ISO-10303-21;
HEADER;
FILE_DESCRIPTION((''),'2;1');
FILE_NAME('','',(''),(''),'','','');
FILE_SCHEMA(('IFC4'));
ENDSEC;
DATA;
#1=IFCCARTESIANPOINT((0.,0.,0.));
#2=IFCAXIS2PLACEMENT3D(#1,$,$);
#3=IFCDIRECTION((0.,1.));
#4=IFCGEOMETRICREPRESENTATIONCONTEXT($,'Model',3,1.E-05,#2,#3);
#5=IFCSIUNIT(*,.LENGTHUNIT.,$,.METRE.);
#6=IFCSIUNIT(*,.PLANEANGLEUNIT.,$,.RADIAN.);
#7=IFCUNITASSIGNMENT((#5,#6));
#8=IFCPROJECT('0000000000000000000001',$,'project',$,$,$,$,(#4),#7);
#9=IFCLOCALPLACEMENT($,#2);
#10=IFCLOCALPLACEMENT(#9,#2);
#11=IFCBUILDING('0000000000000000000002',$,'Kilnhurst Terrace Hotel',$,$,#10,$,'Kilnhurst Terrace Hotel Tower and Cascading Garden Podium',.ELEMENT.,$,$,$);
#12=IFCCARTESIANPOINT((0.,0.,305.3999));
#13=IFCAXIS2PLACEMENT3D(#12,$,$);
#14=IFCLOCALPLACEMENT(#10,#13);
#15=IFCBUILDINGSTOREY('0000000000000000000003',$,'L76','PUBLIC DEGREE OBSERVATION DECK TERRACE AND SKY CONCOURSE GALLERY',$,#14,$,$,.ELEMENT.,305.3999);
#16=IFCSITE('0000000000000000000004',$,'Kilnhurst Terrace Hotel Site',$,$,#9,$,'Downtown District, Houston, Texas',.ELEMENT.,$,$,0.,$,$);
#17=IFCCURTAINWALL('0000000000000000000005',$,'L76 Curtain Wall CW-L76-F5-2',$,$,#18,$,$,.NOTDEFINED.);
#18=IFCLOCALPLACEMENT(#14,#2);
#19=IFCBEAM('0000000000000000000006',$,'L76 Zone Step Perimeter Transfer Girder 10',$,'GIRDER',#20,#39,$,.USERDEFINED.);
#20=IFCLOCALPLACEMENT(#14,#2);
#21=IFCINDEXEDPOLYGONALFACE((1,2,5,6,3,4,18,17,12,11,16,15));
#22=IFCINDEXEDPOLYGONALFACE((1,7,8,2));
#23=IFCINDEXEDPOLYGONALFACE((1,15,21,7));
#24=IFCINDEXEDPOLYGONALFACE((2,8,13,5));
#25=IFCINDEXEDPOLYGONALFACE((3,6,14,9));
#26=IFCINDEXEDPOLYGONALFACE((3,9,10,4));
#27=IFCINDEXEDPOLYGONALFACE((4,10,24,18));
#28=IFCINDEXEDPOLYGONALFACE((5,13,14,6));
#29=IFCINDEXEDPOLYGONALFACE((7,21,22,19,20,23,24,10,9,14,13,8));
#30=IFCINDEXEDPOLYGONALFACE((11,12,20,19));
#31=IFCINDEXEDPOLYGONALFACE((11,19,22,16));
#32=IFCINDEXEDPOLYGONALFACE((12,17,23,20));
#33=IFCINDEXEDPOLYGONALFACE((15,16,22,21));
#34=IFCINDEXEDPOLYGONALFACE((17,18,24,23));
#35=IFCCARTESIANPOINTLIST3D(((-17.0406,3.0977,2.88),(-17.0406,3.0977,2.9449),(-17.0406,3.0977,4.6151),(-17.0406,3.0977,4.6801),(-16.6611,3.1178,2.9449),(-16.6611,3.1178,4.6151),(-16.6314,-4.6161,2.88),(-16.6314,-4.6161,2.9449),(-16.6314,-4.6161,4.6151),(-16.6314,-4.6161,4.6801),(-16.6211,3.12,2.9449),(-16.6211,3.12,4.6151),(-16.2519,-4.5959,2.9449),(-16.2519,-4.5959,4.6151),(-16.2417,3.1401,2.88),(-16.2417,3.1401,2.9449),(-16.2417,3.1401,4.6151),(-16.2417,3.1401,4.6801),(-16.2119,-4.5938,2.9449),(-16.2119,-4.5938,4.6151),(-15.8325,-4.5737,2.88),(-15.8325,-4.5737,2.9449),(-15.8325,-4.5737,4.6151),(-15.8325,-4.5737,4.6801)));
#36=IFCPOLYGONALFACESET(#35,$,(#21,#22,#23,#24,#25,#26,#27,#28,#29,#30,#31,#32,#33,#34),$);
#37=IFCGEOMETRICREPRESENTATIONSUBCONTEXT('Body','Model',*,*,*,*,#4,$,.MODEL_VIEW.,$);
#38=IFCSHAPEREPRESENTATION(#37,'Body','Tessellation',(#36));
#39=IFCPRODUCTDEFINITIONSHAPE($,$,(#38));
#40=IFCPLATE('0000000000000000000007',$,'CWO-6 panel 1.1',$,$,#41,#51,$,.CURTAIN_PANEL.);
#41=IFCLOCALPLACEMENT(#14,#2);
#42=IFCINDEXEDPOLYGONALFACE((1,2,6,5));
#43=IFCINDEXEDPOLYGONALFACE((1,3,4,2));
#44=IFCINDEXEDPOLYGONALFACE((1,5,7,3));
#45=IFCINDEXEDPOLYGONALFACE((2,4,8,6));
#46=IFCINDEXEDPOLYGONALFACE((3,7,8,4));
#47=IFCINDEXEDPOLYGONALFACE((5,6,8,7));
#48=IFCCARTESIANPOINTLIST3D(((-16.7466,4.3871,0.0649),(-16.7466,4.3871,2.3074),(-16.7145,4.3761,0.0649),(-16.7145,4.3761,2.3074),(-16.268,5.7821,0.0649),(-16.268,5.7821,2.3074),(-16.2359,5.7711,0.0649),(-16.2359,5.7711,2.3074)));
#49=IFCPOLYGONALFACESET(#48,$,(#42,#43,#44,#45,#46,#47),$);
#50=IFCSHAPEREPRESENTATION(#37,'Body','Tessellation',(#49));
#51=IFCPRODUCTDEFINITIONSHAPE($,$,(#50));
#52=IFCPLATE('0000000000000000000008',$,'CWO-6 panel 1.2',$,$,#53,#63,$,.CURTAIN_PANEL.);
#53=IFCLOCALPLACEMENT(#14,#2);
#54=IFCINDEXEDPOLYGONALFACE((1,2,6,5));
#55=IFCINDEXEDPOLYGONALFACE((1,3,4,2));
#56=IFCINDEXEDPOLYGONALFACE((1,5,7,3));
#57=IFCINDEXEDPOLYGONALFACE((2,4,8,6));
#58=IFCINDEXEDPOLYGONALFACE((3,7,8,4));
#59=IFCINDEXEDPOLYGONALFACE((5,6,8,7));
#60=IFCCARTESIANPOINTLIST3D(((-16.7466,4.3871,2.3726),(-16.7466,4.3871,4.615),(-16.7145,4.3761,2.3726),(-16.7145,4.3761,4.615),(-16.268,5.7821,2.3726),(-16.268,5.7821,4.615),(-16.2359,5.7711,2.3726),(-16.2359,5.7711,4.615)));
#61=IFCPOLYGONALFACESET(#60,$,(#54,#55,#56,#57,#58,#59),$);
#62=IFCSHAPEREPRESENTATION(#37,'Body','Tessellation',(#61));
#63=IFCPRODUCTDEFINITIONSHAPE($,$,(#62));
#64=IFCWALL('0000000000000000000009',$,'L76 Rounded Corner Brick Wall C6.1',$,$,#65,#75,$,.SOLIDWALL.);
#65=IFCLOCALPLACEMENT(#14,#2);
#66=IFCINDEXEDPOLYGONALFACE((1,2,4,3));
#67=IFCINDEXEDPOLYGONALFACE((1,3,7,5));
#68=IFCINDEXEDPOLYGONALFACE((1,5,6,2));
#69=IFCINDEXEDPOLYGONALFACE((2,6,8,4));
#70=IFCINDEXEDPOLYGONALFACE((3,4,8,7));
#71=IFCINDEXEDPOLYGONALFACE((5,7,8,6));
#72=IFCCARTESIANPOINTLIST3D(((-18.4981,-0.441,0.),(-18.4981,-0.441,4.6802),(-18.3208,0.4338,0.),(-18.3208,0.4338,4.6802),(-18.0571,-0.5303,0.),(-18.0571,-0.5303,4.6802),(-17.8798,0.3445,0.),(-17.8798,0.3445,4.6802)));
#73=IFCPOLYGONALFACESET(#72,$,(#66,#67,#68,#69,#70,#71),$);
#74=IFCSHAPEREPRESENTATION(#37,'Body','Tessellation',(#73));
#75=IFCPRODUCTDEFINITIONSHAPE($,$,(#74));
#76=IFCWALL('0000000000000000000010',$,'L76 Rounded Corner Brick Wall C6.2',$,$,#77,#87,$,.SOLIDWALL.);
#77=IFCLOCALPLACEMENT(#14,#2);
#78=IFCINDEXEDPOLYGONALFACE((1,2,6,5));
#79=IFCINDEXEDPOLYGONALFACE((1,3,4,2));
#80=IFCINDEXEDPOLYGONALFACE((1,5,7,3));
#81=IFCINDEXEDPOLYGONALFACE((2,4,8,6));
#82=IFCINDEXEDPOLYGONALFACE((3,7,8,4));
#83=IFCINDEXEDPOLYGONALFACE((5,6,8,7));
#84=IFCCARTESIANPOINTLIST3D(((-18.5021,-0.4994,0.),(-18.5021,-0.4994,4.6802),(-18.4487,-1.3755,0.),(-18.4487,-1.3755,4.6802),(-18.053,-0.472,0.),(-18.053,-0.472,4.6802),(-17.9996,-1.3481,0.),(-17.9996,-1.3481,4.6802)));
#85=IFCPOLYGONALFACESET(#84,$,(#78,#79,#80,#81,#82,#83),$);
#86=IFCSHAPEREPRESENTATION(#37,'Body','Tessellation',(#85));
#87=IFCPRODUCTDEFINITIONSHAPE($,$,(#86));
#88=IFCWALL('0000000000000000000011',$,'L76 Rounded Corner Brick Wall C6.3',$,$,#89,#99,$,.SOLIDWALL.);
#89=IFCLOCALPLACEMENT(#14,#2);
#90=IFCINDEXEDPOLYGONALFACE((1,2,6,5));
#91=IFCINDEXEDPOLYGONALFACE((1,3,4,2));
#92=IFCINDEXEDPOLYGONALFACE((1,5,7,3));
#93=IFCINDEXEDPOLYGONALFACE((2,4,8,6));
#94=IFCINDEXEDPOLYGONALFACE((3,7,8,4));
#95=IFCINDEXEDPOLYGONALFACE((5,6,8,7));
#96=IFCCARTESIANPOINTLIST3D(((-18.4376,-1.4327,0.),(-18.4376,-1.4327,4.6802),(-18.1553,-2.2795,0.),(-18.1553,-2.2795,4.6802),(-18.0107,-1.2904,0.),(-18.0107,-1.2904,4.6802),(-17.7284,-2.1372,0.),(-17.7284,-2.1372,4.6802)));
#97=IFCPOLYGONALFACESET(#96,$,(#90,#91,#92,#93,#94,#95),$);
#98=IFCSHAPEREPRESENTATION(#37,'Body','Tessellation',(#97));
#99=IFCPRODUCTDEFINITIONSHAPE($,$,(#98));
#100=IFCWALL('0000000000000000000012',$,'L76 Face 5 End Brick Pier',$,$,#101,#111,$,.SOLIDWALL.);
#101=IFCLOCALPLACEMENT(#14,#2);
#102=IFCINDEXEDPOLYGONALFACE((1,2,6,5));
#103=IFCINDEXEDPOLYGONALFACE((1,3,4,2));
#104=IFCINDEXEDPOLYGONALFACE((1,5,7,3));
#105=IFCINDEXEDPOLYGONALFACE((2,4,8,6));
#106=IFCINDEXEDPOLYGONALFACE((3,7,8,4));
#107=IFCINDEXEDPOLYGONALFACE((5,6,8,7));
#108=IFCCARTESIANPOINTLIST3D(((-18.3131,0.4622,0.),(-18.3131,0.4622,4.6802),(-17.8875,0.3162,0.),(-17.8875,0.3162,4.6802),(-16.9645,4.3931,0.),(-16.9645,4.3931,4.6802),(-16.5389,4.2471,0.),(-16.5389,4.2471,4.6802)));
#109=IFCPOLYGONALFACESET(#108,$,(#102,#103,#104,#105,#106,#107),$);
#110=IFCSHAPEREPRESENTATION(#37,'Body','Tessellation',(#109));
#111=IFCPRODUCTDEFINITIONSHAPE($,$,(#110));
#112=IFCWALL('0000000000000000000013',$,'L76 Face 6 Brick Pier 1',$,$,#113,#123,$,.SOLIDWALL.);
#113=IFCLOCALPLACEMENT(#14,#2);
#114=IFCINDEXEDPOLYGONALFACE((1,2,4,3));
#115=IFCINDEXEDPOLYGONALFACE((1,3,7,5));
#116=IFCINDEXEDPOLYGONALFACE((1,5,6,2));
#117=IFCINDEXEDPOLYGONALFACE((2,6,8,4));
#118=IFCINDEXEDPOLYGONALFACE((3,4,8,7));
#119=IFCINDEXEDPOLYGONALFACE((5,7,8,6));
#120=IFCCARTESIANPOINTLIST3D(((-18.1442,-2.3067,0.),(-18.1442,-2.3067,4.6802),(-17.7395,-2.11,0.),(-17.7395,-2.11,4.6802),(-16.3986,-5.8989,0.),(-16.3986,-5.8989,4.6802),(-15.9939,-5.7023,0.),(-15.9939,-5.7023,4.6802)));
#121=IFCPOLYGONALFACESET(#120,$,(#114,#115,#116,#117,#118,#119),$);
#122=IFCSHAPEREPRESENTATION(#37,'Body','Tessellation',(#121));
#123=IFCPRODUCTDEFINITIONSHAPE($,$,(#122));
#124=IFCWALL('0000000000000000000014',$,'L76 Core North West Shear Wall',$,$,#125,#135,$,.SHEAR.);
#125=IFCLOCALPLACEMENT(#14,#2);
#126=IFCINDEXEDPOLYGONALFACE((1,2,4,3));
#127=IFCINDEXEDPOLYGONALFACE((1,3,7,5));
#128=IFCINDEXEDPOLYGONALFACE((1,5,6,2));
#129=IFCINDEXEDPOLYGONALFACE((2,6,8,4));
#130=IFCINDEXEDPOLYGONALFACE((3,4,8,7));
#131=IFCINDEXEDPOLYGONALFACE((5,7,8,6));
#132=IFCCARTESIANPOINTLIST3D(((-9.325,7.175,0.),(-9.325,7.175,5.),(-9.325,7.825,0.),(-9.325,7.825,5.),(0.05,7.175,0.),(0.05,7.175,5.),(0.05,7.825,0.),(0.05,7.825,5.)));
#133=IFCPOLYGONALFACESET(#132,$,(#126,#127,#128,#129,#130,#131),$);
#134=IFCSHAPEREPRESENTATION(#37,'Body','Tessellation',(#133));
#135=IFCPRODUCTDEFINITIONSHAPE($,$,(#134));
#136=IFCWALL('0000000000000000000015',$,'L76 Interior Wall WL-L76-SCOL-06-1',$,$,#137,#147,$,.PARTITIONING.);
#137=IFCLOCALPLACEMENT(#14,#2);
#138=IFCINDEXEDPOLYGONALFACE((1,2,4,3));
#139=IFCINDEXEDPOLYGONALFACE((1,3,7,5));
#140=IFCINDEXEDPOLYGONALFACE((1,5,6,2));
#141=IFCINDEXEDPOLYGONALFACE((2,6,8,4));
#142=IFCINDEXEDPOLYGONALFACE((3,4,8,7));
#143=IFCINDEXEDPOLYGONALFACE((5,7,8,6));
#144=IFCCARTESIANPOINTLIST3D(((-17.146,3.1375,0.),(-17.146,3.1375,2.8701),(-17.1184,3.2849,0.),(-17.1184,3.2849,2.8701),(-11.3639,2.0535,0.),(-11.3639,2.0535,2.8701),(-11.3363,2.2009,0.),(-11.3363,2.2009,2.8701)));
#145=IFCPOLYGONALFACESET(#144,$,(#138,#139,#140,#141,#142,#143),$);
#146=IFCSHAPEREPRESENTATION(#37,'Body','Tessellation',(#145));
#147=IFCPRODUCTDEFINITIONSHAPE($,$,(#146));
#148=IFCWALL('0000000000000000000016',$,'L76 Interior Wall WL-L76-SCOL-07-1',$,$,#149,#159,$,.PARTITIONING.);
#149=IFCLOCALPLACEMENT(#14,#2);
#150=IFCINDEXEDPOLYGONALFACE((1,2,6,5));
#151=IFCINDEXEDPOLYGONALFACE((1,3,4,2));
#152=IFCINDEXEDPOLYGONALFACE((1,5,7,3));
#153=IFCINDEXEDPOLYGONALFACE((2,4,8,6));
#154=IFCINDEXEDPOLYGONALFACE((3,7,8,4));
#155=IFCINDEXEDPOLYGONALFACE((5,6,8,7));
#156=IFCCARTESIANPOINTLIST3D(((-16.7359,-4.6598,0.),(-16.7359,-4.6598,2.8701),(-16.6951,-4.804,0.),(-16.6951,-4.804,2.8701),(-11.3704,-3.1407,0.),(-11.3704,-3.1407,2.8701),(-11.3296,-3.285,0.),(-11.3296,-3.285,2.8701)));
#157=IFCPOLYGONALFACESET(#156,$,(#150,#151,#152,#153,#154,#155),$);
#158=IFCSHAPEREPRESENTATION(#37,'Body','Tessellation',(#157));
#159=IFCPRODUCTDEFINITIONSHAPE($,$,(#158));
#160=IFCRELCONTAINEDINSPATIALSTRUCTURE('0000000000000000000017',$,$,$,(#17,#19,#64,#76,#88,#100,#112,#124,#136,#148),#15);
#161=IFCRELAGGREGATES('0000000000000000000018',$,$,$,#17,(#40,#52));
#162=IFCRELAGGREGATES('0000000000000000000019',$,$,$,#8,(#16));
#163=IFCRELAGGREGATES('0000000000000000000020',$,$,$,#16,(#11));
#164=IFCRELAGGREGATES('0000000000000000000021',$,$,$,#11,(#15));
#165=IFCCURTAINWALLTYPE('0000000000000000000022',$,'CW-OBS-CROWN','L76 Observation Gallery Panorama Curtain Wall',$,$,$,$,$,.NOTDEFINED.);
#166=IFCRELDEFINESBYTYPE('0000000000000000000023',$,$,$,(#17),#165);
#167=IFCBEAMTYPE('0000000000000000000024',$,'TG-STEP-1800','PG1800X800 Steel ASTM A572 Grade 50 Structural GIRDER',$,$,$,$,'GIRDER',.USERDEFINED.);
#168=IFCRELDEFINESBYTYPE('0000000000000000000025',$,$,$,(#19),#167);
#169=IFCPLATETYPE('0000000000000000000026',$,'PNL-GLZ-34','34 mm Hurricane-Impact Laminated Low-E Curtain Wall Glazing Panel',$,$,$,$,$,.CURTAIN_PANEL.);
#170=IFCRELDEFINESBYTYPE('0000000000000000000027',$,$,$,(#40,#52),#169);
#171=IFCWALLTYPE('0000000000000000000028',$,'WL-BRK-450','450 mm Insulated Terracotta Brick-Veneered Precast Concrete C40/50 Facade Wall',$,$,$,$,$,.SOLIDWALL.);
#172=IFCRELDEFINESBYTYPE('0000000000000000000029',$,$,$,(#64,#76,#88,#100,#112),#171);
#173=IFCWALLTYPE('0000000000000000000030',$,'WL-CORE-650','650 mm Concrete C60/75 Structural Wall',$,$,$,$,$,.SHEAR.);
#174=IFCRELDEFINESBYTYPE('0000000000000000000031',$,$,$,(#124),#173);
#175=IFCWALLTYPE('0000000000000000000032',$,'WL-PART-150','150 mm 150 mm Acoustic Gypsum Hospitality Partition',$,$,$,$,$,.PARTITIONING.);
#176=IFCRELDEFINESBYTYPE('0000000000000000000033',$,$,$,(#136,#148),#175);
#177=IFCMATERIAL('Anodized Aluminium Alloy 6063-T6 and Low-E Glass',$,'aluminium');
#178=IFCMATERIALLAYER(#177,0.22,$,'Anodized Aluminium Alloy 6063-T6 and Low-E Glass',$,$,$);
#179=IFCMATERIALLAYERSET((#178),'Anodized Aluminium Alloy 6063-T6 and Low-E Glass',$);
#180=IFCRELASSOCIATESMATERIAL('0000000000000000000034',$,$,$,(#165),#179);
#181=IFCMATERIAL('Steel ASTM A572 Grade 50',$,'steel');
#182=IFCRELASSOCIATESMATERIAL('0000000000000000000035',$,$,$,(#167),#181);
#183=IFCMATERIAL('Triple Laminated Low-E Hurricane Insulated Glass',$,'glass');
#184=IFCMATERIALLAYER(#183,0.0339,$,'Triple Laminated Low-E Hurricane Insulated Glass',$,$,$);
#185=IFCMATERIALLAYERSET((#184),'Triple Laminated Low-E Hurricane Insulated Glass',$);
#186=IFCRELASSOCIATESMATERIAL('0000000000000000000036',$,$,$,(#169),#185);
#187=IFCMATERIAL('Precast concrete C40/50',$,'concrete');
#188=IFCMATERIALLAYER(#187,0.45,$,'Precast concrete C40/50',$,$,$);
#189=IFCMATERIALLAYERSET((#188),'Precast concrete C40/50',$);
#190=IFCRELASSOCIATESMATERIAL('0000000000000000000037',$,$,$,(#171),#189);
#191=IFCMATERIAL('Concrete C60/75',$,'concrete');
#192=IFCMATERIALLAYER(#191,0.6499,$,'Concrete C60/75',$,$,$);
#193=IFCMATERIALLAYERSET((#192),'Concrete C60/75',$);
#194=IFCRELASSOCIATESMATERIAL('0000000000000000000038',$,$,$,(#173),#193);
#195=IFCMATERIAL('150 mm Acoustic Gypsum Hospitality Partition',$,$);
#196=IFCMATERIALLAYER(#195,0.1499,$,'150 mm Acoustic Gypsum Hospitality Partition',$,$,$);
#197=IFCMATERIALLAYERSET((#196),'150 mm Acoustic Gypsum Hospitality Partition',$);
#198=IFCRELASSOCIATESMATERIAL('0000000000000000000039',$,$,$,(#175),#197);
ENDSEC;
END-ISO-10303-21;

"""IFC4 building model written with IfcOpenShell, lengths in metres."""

from ifc_helpers import new_model, si_unit, direction, frame, frame_2d, origin, origin_2d, place, context, subcontext, project, spatial, rectangle, i_section, extrude, material, layer, layer_set, material_profile, profile_set, type_object, element, aggregate, save


model = new_model("IFC4")

# Units and contexts
model_context = context("Model", 3, precision=1e-05, world=origin(), true_north=direction((0.0, 1.0)))
body_context = subcontext(model_context, "Body", "Model", "MODEL_VIEW")
ifc_project = project(units=[si_unit("LENGTHUNIT", "METRE"), si_unit("PLANEANGLEUNIT", "RADIAN")], contexts=[model_context])

# Site, building, storey
site_placement = place(None, origin())
site = spatial("IfcSite", under=ifc_project, at=site_placement, Name="Kilnhurst Terrace Hotel Site", LongName="Downtown District, Houston, Texas", CompositionType="ELEMENT", RefElevation=0.0)
building_placement = place(site_placement, origin())
building = spatial("IfcBuilding", under=site, at=building_placement, Name="Kilnhurst Terrace Hotel", LongName="Kilnhurst Terrace Hotel Tower and Cascading Garden Podium", CompositionType="ELEMENT")
storey_placement = place(building_placement, frame((0.0, 0.0, 305.3999)))
storey = spatial("IfcBuildingStorey", under=building, at=storey_placement, Name="L76", Description="PUBLIC DEGREE OBSERVATION DECK TERRACE AND SKY CONCOURSE GALLERY", CompositionType="ELEMENT", Elevation=305.3999)

# Shared definitions
ifc_material_1 = material(Name="Concrete C60/75", Category="concrete")

# Curtain wall
ifc_material_2 = material(Name="Anodized Aluminium Alloy 6063-T6 and Low-E Glass", Category="aluminium")
ifc_layer_1 = layer(ifc_material_2, 0.22, Name="Anodized Aluminium Alloy 6063-T6 and Low-E Glass")
ifc_layer_set_1 = layer_set([ifc_layer_1], Name="Anodized Aluminium Alloy 6063-T6 and Low-E Glass")
curtain_wall_type = type_object("IfcCurtainWallType", Name="CW-OBS-CROWN", Description="L76 Observation Gallery Panorama Curtain Wall", PredefinedType="NOTDEFINED", material=ifc_layer_set_1)
curtain_wall_placement = place(storey_placement, origin())
curtain_wall = element("IfcCurtainWall", 1, at=curtain_wall_placement, inside=storey, type_object=curtain_wall_type, Name="L76 Curtain Wall CW-L76-F5-2", PredefinedType="NOTDEFINED")

# Beam
ifc_material_3 = material(Name="Steel ASTM A572 Grade 50", Category="steel")
ifc_material_profile_1 = material_profile(ifc_material_3, i_section(OverallWidth=0.8, OverallDepth=1.8, WebThickness=0.04, FlangeThickness=0.0649, at=origin_2d()), Name="PG1800X800")
ifc_profile_set_1 = profile_set([ifc_material_profile_1], Name="Steel ASTM A572 Grade 50")
beam_type_1 = type_object("IfcBeamType", Name="TG-STEP-1800", Description="PG1800X800 Steel ASTM A572 Grade 50 Structural GIRDER", ElementType="GIRDER", PredefinedType="USERDEFINED", material=ifc_profile_set_1)
beam_1_placement = place(storey_placement, frame((-16.6411, 3.1189, 3.78), z_axis=(0.05297, -0.998596, 0.0), x_axis=(0.998596, 0.05297, 0.0)))
element("IfcBeam", 2, at=beam_1_placement, inside=storey, type_object=beam_type_1, Name="L76 Zone Step Perimeter Transfer Girder 10", ObjectType="GIRDER", PredefinedType="USERDEFINED", context=body_context, shape_type="SweptSolid", body=[
    extrude(i_section(OverallWidth=0.8, OverallDepth=1.8, WebThickness=0.04, FlangeThickness=0.0649, at=origin_2d()), origin(), (0.0, 0.0, 1.0), 7.7246),
])

# Plates
ifc_material_4 = material(Name="Triple Laminated Low-E Hurricane Insulated Glass", Category="glass")
ifc_layer_2 = layer(ifc_material_4, 0.0339, Name="Triple Laminated Low-E Hurricane Insulated Glass")
ifc_layer_set_2 = layer_set([ifc_layer_2], Name="Triple Laminated Low-E Hurricane Insulated Glass")
plate_type = type_object("IfcPlateType", Name="PNL-GLZ-34", Description="34 mm Hurricane-Impact Laminated Low-E Curtain Wall Glazing Panel", PredefinedType="CURTAIN_PANEL", material=ifc_layer_set_2)
plate_1_placement = place(storey_placement, frame((-16.4912, 5.0791, 0.0649), z_axis=(0.0, 0.0, 1.0), x_axis=(-0.324496, -0.945887, 0.0)))
plate_1 = element("IfcPlate", 3, at=plate_1_placement, type_object=plate_type, Name="CWO-6 panel 1.1", PredefinedType="CURTAIN_PANEL", context=body_context, shape_type="SweptSolid", body=[
    extrude(rectangle(XDim=1.4749, YDim=0.0339, at=origin_2d()), origin(), (0.0, 0.0, 1.0), 2.2424),
])
plate_2_placement = place(storey_placement, frame((-16.4912, 5.0791, 2.3726), z_axis=(0.0, 0.0, 1.0), x_axis=(-0.324496, -0.945887, 0.0)))
plate_2 = element("IfcPlate", 4, at=plate_2_placement, type_object=plate_type, Name="CWO-6 panel 1.2", PredefinedType="CURTAIN_PANEL", context=body_context, shape_type="SweptSolid", body=[
    extrude(rectangle(XDim=1.4749, YDim=0.0339, at=origin_2d()), origin(), (0.0, 0.0, 1.0), 2.2424),
])
aggregate(curtain_wall, [plate_1, plate_2])

# Walls
ifc_material_5 = material(Name="Precast concrete C40/50", Category="concrete")
ifc_layer_3 = layer(ifc_material_5, 0.45, Name="Precast concrete C40/50")
ifc_layer_set_3 = layer_set([ifc_layer_3], Name="Precast concrete C40/50")
wall_type_1 = type_object("IfcWallType", Name="WL-BRK-450", Description="450 mm Insulated Terracotta Brick-Veneered Precast Concrete C40/50 Facade Wall", PredefinedType="SOLIDWALL", material=ifc_layer_set_3)
wall_1_placement = place(storey_placement, frame((-18.1003, 0.3892, 0.0), z_axis=(0.0, 0.0, 1.0), x_axis=(-0.198588, -0.980083, 0.0)))
element("IfcWall", 5, at=wall_1_placement, inside=storey, type_object=wall_type_1, Name="L76 Rounded Corner Brick Wall C6.1", PredefinedType="SOLIDWALL", context=body_context, shape_type="SweptSolid", body=[
    extrude(rectangle(XDim=0.8926, YDim=0.45, at=frame_2d((0.4463, 0.0))), origin(), (0.0, 0.0, 1.0), 4.6802),
])
wall_2_placement = place(storey_placement, frame((-18.2776, -0.4856, 0.0), z_axis=(0.0, 0.0, 1.0), x_axis=(0.060923, -0.998142, 0.0)))
element("IfcWall", 6, at=wall_2_placement, inside=storey, type_object=wall_type_1, Name="L76 Rounded Corner Brick Wall C6.2", PredefinedType="SOLIDWALL", context=body_context, shape_type="SweptSolid", body=[
    extrude(rectangle(XDim=0.8777, YDim=0.45, at=frame_2d((0.439, 0.0))), origin(), (0.0, 0.0, 1.0), 4.6802),
])
wall_3_placement = place(storey_placement, frame((-18.2241, -1.3616, 0.0), z_axis=(0.0, 0.0, 1.0), x_axis=(0.316228, -0.948683, 0.0)))
element("IfcWall", 7, at=wall_3_placement, inside=storey, type_object=wall_type_1, Name="L76 Rounded Corner Brick Wall C6.3", PredefinedType="SOLIDWALL", context=body_context, shape_type="SweptSolid", body=[
    extrude(rectangle(XDim=0.8926, YDim=0.45, at=frame_2d((0.4463, 0.0))), origin(), (0.0, 0.0, 1.0), 4.6802),
])
wall_4_placement = place(storey_placement, frame((-16.7517, 4.3201, 0.0), z_axis=(0.0, 0.0, 1.0), x_axis=(-0.324517, -0.94588, 0.0)))
element("IfcWall", 8, at=wall_4_placement, inside=storey, type_object=wall_type_1, Name="L76 Face 5 End Brick Pier", PredefinedType="SOLIDWALL", context=body_context, shape_type="SweptSolid", body=[
    extrude(rectangle(XDim=4.1558, YDim=0.45, at=frame_2d((2.0779, 0.0))), origin(), (0.0, 0.0, 1.0), 4.6802),
])
wall_5_placement = place(storey_placement, frame((-17.9419, -2.2083, 0.0), z_axis=(0.0, 0.0, 1.0), x_axis=(0.437062, -0.899431, 0.0)))
element("IfcWall", 9, at=wall_5_placement, inside=storey, type_object=wall_type_1, Name="L76 Face 6 Brick Pier 1", PredefinedType="SOLIDWALL", context=body_context, shape_type="SweptSolid", body=[
    extrude(rectangle(XDim=3.9939, YDim=0.45, at=frame_2d((1.9971, 0.0))), origin(), (0.0, 0.0, 1.0), 4.6802),
])
ifc_layer_4 = layer(ifc_material_1, 0.6499, Name="Concrete C60/75")
ifc_layer_set_4 = layer_set([ifc_layer_4], Name="Concrete C60/75")
wall_type_2 = type_object("IfcWallType", Name="WL-CORE-650", Description="650 mm Concrete C60/75 Structural Wall", PredefinedType="SHEAR", material=ifc_layer_set_4)
wall_6_placement = place(storey_placement, frame((-9.325, 7.5, 0.0), z_axis=(0.0, 0.0, 1.0), x_axis=(1.0, 0.0, 0.0)))
element("IfcWall", 10, at=wall_6_placement, inside=storey, type_object=wall_type_2, Name="L76 Core North West Shear Wall", PredefinedType="SHEAR", context=body_context, shape_type="SweptSolid", body=[
    extrude(rectangle(XDim=9.375, YDim=0.6499, at=frame_2d((4.6875, 0.0))), origin(), (0.0, 0.0, 1.0), 5.0),
])
ifc_material_6 = material(Name="150 mm Acoustic Gypsum Hospitality Partition")
ifc_layer_5 = layer(ifc_material_6, 0.1499, Name="150 mm Acoustic Gypsum Hospitality Partition")
ifc_layer_set_5 = layer_set([ifc_layer_5], Name="150 mm Acoustic Gypsum Hospitality Partition")
wall_type_3 = type_object("IfcWallType", Name="WL-PART-150", Description="150 mm 150 mm Acoustic Gypsum Hospitality Partition", PredefinedType="PARTITIONING", material=ifc_layer_set_5)
wall_7_placement = place(storey_placement, frame((-11.3501, 2.1272, 0.0), z_axis=(0.0, 0.0, 1.0), x_axis=(-0.982876, 0.184266, 0.0)))
element("IfcWall", 11, at=wall_7_placement, inside=storey, type_object=wall_type_3, Name="L76 Interior Wall WL-L76-SCOL-06-1", PredefinedType="PARTITIONING", context=body_context, shape_type="SweptSolid", body=[
    extrude(rectangle(XDim=5.8828, YDim=0.1499, at=frame_2d((2.9414, 0.0))), origin(), (0.0, 0.0, 1.0), 2.8701),
])
wall_8_placement = place(storey_placement, frame((-11.3501, -3.2129, 0.0), z_axis=(0.0, 0.0, 1.0), x_axis=(-0.962182, -0.272407, 0.0)))
element("IfcWall", 12, at=wall_8_placement, inside=storey, type_object=wall_type_3, Name="L76 Interior Wall WL-L76-SCOL-07-1", PredefinedType="PARTITIONING", context=body_context, shape_type="SweptSolid", body=[
    extrude(rectangle(XDim=5.5764, YDim=0.1499, at=frame_2d((2.7881, 0.0))), origin(), (0.0, 0.0, 1.0), 2.8701),
])

save(model, "model.ifc")
